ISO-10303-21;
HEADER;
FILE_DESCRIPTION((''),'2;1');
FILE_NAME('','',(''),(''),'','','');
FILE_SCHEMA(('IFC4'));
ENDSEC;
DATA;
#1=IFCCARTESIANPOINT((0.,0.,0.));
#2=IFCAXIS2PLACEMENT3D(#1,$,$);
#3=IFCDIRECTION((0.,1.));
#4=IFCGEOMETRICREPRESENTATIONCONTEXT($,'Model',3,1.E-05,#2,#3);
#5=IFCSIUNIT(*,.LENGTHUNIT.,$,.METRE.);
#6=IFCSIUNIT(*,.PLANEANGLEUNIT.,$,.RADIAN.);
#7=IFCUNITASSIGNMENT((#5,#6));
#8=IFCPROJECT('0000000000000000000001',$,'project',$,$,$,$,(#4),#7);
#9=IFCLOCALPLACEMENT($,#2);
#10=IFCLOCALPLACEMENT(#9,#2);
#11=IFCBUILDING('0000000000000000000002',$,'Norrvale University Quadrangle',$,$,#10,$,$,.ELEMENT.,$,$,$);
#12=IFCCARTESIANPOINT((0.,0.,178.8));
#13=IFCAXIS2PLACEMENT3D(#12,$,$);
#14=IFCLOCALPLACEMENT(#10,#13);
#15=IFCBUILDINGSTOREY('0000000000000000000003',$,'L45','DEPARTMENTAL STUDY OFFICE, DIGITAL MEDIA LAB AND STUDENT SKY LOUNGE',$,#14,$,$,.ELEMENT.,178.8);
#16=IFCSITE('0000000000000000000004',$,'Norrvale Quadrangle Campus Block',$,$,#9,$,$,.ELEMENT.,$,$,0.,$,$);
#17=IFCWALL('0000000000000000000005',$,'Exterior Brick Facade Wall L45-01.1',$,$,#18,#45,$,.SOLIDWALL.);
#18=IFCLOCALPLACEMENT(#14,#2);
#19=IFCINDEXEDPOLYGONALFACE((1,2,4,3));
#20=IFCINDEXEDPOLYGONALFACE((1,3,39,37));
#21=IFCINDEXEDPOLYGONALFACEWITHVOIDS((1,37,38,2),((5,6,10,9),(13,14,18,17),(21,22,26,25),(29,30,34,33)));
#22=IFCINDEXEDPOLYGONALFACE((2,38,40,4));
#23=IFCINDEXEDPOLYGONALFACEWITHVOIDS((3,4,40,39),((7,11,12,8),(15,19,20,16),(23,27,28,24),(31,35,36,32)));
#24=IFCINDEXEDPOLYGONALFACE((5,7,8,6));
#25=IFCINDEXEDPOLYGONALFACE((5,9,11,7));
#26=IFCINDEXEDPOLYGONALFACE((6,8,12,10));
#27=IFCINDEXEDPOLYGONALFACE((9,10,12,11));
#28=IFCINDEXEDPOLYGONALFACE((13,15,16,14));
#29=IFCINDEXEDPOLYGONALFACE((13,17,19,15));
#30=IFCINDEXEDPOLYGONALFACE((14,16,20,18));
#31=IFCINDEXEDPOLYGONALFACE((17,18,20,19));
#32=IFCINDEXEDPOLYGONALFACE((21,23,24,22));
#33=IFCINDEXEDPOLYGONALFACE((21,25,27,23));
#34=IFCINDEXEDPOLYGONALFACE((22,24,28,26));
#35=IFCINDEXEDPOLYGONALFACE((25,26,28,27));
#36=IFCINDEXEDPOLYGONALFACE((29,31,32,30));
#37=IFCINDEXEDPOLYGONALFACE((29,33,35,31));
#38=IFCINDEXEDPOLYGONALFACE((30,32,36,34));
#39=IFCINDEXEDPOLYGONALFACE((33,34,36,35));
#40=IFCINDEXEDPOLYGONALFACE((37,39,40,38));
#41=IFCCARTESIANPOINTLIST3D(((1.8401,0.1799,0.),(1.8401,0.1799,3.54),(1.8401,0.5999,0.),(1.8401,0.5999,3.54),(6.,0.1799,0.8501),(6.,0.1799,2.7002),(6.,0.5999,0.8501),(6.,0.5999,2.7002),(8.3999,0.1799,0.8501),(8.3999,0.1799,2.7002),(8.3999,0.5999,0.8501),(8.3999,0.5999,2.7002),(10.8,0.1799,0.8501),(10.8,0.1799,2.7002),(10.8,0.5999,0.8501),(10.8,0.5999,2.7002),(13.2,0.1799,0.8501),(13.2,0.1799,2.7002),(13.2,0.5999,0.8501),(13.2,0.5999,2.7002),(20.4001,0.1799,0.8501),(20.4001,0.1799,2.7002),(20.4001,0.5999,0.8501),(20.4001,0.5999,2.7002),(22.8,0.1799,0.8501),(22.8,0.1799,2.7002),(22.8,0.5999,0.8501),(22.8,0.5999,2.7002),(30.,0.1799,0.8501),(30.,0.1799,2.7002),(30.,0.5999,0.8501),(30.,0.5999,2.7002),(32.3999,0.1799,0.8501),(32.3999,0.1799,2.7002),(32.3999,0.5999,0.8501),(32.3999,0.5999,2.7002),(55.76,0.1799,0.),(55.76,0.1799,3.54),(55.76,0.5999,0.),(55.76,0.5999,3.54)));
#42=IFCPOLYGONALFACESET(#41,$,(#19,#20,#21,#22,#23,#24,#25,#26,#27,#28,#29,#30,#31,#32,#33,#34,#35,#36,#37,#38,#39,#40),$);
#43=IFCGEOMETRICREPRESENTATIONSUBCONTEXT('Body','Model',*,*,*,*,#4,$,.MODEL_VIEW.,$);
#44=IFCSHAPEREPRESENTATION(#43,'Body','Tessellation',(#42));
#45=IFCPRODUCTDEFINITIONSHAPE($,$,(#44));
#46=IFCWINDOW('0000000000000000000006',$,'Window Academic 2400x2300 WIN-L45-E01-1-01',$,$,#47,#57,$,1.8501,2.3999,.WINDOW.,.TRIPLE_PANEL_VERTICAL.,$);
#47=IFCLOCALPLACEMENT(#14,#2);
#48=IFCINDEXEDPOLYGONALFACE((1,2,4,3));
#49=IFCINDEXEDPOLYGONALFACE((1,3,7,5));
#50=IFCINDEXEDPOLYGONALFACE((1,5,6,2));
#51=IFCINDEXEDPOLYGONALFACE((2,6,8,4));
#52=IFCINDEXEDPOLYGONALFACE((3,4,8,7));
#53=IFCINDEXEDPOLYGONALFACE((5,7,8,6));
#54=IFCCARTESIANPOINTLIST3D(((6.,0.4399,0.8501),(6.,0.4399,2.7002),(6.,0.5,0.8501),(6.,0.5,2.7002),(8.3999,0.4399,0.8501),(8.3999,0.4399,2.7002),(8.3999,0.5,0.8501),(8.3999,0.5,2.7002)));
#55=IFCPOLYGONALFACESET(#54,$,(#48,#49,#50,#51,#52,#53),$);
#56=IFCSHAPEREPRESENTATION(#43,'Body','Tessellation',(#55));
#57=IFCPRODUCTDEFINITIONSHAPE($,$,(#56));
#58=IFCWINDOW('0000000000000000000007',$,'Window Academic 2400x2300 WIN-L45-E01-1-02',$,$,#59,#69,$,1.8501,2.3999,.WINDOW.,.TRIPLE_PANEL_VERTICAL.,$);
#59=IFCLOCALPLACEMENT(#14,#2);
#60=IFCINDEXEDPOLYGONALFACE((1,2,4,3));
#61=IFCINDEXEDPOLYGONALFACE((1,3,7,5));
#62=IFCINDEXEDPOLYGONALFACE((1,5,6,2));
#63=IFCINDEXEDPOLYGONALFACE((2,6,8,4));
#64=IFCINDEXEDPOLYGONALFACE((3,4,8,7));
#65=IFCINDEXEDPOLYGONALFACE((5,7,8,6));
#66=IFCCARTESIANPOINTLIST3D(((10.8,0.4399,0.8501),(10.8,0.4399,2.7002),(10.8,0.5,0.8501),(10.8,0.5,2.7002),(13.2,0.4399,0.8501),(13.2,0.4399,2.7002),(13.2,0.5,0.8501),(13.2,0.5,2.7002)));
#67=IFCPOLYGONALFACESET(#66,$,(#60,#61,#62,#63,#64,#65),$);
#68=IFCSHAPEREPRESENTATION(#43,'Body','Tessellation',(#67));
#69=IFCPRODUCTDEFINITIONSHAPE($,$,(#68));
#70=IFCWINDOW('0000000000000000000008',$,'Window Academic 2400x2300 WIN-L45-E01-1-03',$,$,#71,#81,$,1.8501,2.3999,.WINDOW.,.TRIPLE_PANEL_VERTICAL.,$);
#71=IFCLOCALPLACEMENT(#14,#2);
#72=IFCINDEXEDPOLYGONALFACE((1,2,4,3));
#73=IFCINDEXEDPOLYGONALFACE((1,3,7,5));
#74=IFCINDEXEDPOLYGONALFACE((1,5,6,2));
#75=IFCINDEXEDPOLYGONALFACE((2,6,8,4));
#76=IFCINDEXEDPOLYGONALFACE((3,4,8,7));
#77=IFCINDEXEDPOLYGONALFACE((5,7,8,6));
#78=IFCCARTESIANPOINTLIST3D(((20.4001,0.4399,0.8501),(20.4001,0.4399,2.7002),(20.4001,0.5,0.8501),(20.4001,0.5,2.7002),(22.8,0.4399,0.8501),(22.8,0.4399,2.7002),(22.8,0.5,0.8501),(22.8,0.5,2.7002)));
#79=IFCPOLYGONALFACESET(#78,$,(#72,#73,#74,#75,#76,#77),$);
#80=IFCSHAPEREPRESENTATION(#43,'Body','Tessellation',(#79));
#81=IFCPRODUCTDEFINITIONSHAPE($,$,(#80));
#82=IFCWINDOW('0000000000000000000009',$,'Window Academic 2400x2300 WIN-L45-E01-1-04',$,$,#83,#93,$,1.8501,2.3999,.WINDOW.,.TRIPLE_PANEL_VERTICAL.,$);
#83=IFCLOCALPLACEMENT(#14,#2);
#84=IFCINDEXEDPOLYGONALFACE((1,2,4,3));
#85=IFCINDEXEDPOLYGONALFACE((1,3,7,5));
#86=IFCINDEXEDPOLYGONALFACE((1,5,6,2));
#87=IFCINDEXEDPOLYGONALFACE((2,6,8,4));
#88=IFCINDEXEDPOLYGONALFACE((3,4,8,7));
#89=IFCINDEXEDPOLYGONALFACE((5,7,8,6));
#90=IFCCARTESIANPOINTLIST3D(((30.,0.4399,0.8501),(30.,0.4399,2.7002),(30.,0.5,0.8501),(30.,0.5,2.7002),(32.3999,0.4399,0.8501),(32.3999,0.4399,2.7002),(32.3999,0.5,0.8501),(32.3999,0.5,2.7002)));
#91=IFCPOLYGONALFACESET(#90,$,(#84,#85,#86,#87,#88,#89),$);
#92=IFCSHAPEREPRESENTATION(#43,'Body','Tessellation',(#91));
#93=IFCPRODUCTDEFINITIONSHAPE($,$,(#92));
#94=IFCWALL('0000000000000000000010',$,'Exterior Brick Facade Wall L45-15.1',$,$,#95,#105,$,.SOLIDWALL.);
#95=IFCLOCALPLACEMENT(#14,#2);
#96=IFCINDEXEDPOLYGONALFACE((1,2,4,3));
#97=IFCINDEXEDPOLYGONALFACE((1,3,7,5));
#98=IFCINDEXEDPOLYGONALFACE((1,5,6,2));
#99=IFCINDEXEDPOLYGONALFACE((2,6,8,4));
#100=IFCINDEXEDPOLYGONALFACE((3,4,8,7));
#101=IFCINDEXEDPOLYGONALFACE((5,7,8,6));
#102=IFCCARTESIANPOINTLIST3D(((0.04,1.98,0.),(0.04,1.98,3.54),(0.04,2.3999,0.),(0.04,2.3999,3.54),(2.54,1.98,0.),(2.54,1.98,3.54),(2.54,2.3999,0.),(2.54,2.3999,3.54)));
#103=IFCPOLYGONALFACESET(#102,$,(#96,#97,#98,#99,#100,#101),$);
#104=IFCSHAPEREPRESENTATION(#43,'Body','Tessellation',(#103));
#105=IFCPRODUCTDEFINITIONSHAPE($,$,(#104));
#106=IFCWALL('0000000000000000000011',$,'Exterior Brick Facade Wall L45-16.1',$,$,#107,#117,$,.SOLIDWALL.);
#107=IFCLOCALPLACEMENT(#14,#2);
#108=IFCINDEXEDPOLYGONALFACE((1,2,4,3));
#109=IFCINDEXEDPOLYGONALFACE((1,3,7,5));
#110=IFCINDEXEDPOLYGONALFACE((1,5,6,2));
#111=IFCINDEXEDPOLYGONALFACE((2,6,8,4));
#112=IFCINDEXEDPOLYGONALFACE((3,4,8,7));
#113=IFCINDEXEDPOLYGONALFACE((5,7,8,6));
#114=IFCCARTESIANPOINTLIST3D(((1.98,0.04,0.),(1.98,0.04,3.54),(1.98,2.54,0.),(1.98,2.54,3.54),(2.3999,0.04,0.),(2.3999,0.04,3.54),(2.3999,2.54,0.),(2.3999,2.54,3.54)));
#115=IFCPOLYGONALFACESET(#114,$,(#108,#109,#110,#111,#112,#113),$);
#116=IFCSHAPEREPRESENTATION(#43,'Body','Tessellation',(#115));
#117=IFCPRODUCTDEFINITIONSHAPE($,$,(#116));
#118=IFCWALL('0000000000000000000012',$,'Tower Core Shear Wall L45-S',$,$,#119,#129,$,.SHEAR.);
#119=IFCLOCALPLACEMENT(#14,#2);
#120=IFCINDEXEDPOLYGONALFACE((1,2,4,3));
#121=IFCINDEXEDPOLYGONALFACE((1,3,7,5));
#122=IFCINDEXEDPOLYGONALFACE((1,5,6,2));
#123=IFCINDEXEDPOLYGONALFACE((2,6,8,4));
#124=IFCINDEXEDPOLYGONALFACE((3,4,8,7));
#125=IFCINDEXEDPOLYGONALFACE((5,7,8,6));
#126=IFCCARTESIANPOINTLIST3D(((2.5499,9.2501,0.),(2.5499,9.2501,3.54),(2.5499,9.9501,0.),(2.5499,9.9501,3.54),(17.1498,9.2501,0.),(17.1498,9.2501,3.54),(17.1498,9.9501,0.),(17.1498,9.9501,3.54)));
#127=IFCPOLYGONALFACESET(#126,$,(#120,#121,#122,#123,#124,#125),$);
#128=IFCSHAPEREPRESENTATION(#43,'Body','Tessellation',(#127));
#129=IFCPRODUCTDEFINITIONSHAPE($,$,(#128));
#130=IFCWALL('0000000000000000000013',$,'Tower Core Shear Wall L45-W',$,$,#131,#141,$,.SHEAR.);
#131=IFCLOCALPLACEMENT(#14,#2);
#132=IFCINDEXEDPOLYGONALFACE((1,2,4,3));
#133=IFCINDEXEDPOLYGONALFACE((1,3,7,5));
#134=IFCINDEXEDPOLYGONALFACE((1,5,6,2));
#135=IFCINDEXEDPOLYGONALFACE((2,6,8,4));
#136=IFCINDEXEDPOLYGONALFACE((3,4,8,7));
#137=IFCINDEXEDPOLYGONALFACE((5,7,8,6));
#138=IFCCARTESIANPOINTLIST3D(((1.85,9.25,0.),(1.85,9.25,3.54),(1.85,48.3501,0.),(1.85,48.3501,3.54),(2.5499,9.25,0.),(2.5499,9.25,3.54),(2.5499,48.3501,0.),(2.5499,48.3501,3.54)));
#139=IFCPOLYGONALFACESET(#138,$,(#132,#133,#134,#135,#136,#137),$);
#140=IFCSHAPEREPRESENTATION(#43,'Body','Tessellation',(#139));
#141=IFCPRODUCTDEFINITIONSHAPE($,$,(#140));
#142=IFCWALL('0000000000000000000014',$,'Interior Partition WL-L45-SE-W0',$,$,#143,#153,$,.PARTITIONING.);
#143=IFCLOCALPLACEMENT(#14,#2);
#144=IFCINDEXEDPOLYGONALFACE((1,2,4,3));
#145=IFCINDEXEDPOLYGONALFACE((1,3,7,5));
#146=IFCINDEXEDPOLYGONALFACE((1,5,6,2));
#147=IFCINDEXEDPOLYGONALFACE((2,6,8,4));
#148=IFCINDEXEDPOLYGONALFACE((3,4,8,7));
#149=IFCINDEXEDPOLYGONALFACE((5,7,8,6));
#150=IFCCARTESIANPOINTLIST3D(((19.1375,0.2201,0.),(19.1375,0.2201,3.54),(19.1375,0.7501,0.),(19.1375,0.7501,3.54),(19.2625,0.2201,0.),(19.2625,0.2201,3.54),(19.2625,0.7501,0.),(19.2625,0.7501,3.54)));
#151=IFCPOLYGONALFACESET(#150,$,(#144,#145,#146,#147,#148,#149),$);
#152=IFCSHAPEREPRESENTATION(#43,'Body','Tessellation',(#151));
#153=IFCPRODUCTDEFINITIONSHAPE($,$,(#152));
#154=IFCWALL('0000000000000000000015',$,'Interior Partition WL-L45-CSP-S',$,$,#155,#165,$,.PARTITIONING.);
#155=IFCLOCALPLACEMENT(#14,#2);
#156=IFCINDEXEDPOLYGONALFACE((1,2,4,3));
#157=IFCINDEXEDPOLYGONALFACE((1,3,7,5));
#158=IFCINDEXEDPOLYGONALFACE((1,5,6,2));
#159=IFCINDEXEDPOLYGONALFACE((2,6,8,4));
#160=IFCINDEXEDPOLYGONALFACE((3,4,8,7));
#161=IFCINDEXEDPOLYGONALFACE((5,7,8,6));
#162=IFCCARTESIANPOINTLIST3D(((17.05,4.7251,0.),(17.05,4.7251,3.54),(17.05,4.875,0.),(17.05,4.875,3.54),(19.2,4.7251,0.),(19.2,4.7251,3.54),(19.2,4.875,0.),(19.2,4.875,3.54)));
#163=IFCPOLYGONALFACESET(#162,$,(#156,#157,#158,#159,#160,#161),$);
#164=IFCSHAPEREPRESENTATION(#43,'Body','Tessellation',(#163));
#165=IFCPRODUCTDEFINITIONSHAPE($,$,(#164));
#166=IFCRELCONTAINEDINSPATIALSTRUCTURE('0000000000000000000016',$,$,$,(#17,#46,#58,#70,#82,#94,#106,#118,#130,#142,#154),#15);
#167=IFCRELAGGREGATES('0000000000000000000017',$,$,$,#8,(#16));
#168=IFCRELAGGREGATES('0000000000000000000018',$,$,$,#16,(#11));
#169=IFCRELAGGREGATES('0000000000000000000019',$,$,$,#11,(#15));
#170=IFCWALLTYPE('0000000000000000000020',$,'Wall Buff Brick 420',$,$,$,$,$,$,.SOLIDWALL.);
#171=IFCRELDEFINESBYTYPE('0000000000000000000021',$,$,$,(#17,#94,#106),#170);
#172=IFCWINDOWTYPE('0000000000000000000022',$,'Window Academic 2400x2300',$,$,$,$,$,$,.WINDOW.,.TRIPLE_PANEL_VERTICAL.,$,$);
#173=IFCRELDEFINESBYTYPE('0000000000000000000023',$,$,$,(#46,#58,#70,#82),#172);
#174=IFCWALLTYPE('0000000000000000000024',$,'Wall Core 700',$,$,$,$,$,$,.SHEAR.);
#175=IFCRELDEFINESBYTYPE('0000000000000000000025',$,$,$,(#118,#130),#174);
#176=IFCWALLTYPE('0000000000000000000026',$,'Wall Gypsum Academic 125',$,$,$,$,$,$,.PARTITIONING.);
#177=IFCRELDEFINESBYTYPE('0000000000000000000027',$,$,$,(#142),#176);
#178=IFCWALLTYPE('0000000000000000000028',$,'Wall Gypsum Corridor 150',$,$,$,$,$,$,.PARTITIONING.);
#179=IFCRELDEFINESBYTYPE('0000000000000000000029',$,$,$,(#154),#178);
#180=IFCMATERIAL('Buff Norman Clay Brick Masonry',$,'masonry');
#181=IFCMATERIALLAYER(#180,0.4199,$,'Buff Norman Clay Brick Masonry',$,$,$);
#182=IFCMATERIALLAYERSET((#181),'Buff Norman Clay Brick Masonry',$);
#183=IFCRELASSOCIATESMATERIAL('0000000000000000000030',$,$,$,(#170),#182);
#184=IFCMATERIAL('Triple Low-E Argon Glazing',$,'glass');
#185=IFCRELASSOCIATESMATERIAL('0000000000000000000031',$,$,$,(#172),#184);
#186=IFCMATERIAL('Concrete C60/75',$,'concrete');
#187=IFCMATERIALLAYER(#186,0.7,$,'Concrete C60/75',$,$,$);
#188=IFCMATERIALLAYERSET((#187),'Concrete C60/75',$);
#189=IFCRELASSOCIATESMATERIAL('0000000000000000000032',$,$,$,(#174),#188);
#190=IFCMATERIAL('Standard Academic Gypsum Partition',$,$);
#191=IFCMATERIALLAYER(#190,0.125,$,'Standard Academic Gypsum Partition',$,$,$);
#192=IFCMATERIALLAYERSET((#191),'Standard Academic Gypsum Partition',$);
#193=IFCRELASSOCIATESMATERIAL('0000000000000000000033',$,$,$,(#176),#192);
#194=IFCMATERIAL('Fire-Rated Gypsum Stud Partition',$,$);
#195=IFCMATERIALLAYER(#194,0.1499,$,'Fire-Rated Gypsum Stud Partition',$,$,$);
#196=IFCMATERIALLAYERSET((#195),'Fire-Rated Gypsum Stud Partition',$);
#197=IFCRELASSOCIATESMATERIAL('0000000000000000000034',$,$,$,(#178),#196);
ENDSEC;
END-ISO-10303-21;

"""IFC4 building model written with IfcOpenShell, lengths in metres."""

from ifc_helpers import new_model, si_unit, direction, frame, frame_2d, origin, place, context, subcontext, project, spatial, rectangle, extrude, material, layer, layer_set, type_object, element, fill, save


model = new_model("IFC4")

# Units and contexts
model_context = context("Model", 3, precision=1e-05, world=origin(), true_north=direction((0.0, 1.0)))
body_context = subcontext(model_context, "Body", "Model", "MODEL_VIEW")
ifc_project = project(units=[si_unit("LENGTHUNIT", "METRE"), si_unit("PLANEANGLEUNIT", "RADIAN")], contexts=[model_context])

# Site, building, storey
site_placement = place(None, origin())
site = spatial("IfcSite", under=ifc_project, at=site_placement, Name="Norrvale Quadrangle Campus Block", CompositionType="ELEMENT", RefElevation=0.0)
building_placement = place(site_placement, origin())
building = spatial("IfcBuilding", under=site, at=building_placement, Name="Norrvale University Quadrangle", CompositionType="ELEMENT")
storey_placement = place(building_placement, frame((0.0, 0.0, 178.8)))
storey = spatial("IfcBuildingStorey", under=building, at=storey_placement, Name="L45", Description="DEPARTMENTAL STUDY OFFICE, DIGITAL MEDIA LAB AND STUDENT SKY LOUNGE", CompositionType="ELEMENT", Elevation=178.8)

# Shared definitions
ifc_material_1 = material(Name="Concrete C60/75", Category="concrete")

# Wall, openings, windows
ifc_material_2 = material(Name="Buff Norman Clay Brick Masonry", Category="masonry")
ifc_layer_1 = layer(ifc_material_2, 0.4199, Name="Buff Norman Clay Brick Masonry")
ifc_layer_set_1 = layer_set([ifc_layer_1], Name="Buff Norman Clay Brick Masonry")
wall_type_1 = type_object("IfcWallType", Name="Wall Buff Brick 420", PredefinedType="SOLIDWALL", material=ifc_layer_set_1)
wall_1_placement = place(storey_placement, frame((1.8401, 0.3899, 0.0), z_axis=(0.0, 0.0, 1.0), x_axis=(1.0, 0.0, 0.0)))
wall_1 = element("IfcWall", 1, at=wall_1_placement, inside=storey, type_object=wall_type_1, Name="Exterior Brick Facade Wall L45-01.1", PredefinedType="SOLIDWALL", context=body_context, shape_type="SweptSolid", body=[
    extrude(rectangle(XDim=53.9199, YDim=0.4199, at=frame_2d((26.96, 0.0))), origin(), (0.0, 0.0, 1.0), 3.54),
])
opening_1_placement = place(wall_1_placement, frame((4.1599, 0.0, 0.8501)))
opening_1 = element("IfcOpeningElement", 2, at=opening_1_placement, cuts=wall_1, PredefinedType="OPENING", context=body_context, shape_type="SweptSolid", body=[
    extrude(rectangle(XDim=2.3999, YDim=1.8501, at=frame_2d((1.2, 0.925))), frame((0.0, 0.2219, 0.0), z_axis=(0.0, -1.0, 0.0), x_axis=(1.0, 0.0, 0.0)), (0.0, 0.0, 1.0), 0.4438),
])
opening_2_placement = place(wall_1_placement, frame((8.96, 0.0, 0.8501)))
opening_2 = element("IfcOpeningElement", 3, at=opening_2_placement, cuts=wall_1, PredefinedType="OPENING", context=body_context, shape_type="SweptSolid", body=[
    extrude(rectangle(XDim=2.3999, YDim=1.8501, at=frame_2d((1.2, 0.925))), frame((0.0, 0.2219, 0.0), z_axis=(0.0, -1.0, 0.0), x_axis=(1.0, 0.0, 0.0)), (0.0, 0.0, 1.0), 0.4438),
])
opening_3_placement = place(wall_1_placement, frame((18.5601, 0.0, 0.8501)))
opening_3 = element("IfcOpeningElement", 4, at=opening_3_placement, cuts=wall_1, PredefinedType="OPENING", context=body_context, shape_type="SweptSolid", body=[
    extrude(rectangle(XDim=2.3999, YDim=1.8501, at=frame_2d((1.2, 0.925))), frame((0.0, 0.2219, 0.0), z_axis=(0.0, -1.0, 0.0), x_axis=(1.0, 0.0, 0.0)), (0.0, 0.0, 1.0), 0.4438),
])
opening_4_placement = place(wall_1_placement, frame((28.1599, 0.0, 0.8501)))
opening_4 = element("IfcOpeningElement", 5, at=opening_4_placement, cuts=wall_1, PredefinedType="OPENING", context=body_context, shape_type="SweptSolid", body=[
    extrude(rectangle(XDim=2.3999, YDim=1.8501, at=frame_2d((1.2, 0.925))), frame((0.0, 0.2219, 0.0), z_axis=(0.0, -1.0, 0.0), x_axis=(1.0, 0.0, 0.0)), (0.0, 0.0, 1.0), 0.4438),
])
ifc_material_3 = material(Name="Triple Low-E Argon Glazing", Category="glass")
window_type = type_object("IfcWindowType", Name="Window Academic 2400x2300", PartitioningType="TRIPLE_PANEL_VERTICAL", PredefinedType="WINDOW", material=ifc_material_3)
window_1_placement = place(opening_1_placement, origin())
window_1 = element("IfcWindow", 6, at=window_1_placement, inside=storey, type_object=window_type, Name="Window Academic 2400x2300 WIN-L45-E01-1-01", OverallHeight=1.8501, OverallWidth=2.3999, PartitioningType="TRIPLE_PANEL_VERTICAL", PredefinedType="WINDOW", context=body_context, shape_type="SweptSolid", body=[
    extrude(rectangle(XDim=2.3999, YDim=1.8501, at=frame_2d((1.2, 0.925))), frame((0.0, 0.1101, 0.0), z_axis=(0.0, -1.0, 0.0), x_axis=(1.0, 0.0, 0.0)), (0.0, 0.0, 1.0), 0.0601),
])
fill(opening_1, window_1)
window_2_placement = place(opening_2_placement, origin())
window_2 = element("IfcWindow", 7, at=window_2_placement, inside=storey, type_object=window_type, Name="Window Academic 2400x2300 WIN-L45-E01-1-02", OverallHeight=1.8501, OverallWidth=2.3999, PartitioningType="TRIPLE_PANEL_VERTICAL", PredefinedType="WINDOW", context=body_context, shape_type="SweptSolid", body=[
    extrude(rectangle(XDim=2.3999, YDim=1.8501, at=frame_2d((1.2, 0.925))), frame((0.0, 0.1101, 0.0), z_axis=(0.0, -1.0, 0.0), x_axis=(1.0, 0.0, 0.0)), (0.0, 0.0, 1.0), 0.0601),
])
fill(opening_2, window_2)
window_3_placement = place(opening_3_placement, origin())
window_3 = element("IfcWindow", 8, at=window_3_placement, inside=storey, type_object=window_type, Name="Window Academic 2400x2300 WIN-L45-E01-1-03", OverallHeight=1.8501, OverallWidth=2.3999, PartitioningType="TRIPLE_PANEL_VERTICAL", PredefinedType="WINDOW", context=body_context, shape_type="SweptSolid", body=[
    extrude(rectangle(XDim=2.3999, YDim=1.8501, at=frame_2d((1.2, 0.925))), frame((0.0, 0.1101, 0.0), z_axis=(0.0, -1.0, 0.0), x_axis=(1.0, 0.0, 0.0)), (0.0, 0.0, 1.0), 0.0601),
])
fill(opening_3, window_3)
window_4_placement = place(opening_4_placement, origin())
window_4 = element("IfcWindow", 9, at=window_4_placement, inside=storey, type_object=window_type, Name="Window Academic 2400x2300 WIN-L45-E01-1-04", OverallHeight=1.8501, OverallWidth=2.3999, PartitioningType="TRIPLE_PANEL_VERTICAL", PredefinedType="WINDOW", context=body_context, shape_type="SweptSolid", body=[
    extrude(rectangle(XDim=2.3999, YDim=1.8501, at=frame_2d((1.2, 0.925))), frame((0.0, 0.1101, 0.0), z_axis=(0.0, -1.0, 0.0), x_axis=(1.0, 0.0, 0.0)), (0.0, 0.0, 1.0), 0.0601),
])
fill(opening_4, window_4)

# Walls
for number, where, z_axis, x_axis, name in (
    (10, (0.04, 2.1899, 0.0), (0.0, 0.0, 1.0), (1.0, 0.0, 0.0), "Exterior Brick Facade Wall L45-15.1"),
    (11, (2.1899, 2.54, 0.0), (0.0, 0.0, 1.0), (0.0, -1.0, 0.0), "Exterior Brick Facade Wall L45-16.1"),
):
    element("IfcWall", number, at=place(storey_placement, frame(where, z_axis=z_axis, x_axis=x_axis)), inside=storey, type_object=wall_type_1, Name=name, PredefinedType="SOLIDWALL", context=body_context, shape_type="SweptSolid", body=[
        extrude(rectangle(XDim=2.5, YDim=0.4199, at=frame_2d((1.25, 0.0))), origin(), (0.0, 0.0, 1.0), 3.54),
    ])
ifc_layer_2 = layer(ifc_material_1, 0.7, Name="Concrete C60/75")
ifc_layer_set_2 = layer_set([ifc_layer_2], Name="Concrete C60/75")
wall_type_2 = type_object("IfcWallType", Name="Wall Core 700", PredefinedType="SHEAR", material=ifc_layer_set_2)
wall_2_placement = place(storey_placement, frame((2.55, 9.6001, 0.0), z_axis=(0.0, 0.0, 1.0), x_axis=(1.0, 0.0, 0.0)))
element("IfcWall", 12, at=wall_2_placement, inside=storey, type_object=wall_type_2, Name="Tower Core Shear Wall L45-S", PredefinedType="SHEAR", context=body_context, shape_type="SweptSolid", body=[
    extrude(rectangle(XDim=14.5999, YDim=0.7, at=frame_2d((7.2998, 0.0))), origin(), (0.0, 0.0, 1.0), 3.54),
])
wall_3_placement = place(storey_placement, frame((2.2, 9.25, 0.0), z_axis=(0.0, 0.0, 1.0), x_axis=(0.0, 1.0, 0.0)))
element("IfcWall", 13, at=wall_3_placement, inside=storey, type_object=wall_type_2, Name="Tower Core Shear Wall L45-W", PredefinedType="SHEAR", context=body_context, shape_type="SweptSolid", body=[
    extrude(rectangle(XDim=39.1001, YDim=0.7, at=frame_2d((19.55, 0.0))), origin(), (0.0, 0.0, 1.0), 3.54),
])
ifc_material_4 = material(Name="Standard Academic Gypsum Partition")
ifc_layer_3 = layer(ifc_material_4, 0.125, Name="Standard Academic Gypsum Partition")
ifc_layer_set_3 = layer_set([ifc_layer_3], Name="Standard Academic Gypsum Partition")
wall_type_3 = type_object("IfcWallType", Name="Wall Gypsum Academic 125", PredefinedType="PARTITIONING", material=ifc_layer_set_3)
wall_4_placement = place(storey_placement, frame((19.2, 0.22, 0.0), z_axis=(0.0, 0.0, 1.0), x_axis=(0.0, 1.0, 0.0)))
element("IfcWall", 14, at=wall_4_placement, inside=storey, type_object=wall_type_3, Name="Interior Partition WL-L45-SE-W0", PredefinedType="PARTITIONING", context=body_context, shape_type="SweptSolid", body=[
    extrude(rectangle(XDim=0.53, YDim=0.125, at=frame_2d((0.2651, 0.0))), origin(), (0.0, 0.0, 1.0), 3.54),
])
ifc_material_5 = material(Name="Fire-Rated Gypsum Stud Partition")
ifc_layer_4 = layer(ifc_material_5, 0.1499, Name="Fire-Rated Gypsum Stud Partition")
ifc_layer_set_4 = layer_set([ifc_layer_4], Name="Fire-Rated Gypsum Stud Partition")
wall_type_4 = type_object("IfcWallType", Name="Wall Gypsum Corridor 150", PredefinedType="PARTITIONING", material=ifc_layer_set_4)
wall_5_placement = place(storey_placement, frame((17.05, 4.8, 0.0), z_axis=(0.0, 0.0, 1.0), x_axis=(1.0, 0.0, 0.0)))
element("IfcWall", 15, at=wall_5_placement, inside=storey, type_object=wall_type_4, Name="Interior Partition WL-L45-CSP-S", PredefinedType="PARTITIONING", context=body_context, shape_type="SweptSolid", body=[
    extrude(rectangle(XDim=2.1499, YDim=0.1499, at=frame_2d((1.075, 0.0))), origin(), (0.0, 0.0, 1.0), 3.54),
])

save(model, "model.ifc")
